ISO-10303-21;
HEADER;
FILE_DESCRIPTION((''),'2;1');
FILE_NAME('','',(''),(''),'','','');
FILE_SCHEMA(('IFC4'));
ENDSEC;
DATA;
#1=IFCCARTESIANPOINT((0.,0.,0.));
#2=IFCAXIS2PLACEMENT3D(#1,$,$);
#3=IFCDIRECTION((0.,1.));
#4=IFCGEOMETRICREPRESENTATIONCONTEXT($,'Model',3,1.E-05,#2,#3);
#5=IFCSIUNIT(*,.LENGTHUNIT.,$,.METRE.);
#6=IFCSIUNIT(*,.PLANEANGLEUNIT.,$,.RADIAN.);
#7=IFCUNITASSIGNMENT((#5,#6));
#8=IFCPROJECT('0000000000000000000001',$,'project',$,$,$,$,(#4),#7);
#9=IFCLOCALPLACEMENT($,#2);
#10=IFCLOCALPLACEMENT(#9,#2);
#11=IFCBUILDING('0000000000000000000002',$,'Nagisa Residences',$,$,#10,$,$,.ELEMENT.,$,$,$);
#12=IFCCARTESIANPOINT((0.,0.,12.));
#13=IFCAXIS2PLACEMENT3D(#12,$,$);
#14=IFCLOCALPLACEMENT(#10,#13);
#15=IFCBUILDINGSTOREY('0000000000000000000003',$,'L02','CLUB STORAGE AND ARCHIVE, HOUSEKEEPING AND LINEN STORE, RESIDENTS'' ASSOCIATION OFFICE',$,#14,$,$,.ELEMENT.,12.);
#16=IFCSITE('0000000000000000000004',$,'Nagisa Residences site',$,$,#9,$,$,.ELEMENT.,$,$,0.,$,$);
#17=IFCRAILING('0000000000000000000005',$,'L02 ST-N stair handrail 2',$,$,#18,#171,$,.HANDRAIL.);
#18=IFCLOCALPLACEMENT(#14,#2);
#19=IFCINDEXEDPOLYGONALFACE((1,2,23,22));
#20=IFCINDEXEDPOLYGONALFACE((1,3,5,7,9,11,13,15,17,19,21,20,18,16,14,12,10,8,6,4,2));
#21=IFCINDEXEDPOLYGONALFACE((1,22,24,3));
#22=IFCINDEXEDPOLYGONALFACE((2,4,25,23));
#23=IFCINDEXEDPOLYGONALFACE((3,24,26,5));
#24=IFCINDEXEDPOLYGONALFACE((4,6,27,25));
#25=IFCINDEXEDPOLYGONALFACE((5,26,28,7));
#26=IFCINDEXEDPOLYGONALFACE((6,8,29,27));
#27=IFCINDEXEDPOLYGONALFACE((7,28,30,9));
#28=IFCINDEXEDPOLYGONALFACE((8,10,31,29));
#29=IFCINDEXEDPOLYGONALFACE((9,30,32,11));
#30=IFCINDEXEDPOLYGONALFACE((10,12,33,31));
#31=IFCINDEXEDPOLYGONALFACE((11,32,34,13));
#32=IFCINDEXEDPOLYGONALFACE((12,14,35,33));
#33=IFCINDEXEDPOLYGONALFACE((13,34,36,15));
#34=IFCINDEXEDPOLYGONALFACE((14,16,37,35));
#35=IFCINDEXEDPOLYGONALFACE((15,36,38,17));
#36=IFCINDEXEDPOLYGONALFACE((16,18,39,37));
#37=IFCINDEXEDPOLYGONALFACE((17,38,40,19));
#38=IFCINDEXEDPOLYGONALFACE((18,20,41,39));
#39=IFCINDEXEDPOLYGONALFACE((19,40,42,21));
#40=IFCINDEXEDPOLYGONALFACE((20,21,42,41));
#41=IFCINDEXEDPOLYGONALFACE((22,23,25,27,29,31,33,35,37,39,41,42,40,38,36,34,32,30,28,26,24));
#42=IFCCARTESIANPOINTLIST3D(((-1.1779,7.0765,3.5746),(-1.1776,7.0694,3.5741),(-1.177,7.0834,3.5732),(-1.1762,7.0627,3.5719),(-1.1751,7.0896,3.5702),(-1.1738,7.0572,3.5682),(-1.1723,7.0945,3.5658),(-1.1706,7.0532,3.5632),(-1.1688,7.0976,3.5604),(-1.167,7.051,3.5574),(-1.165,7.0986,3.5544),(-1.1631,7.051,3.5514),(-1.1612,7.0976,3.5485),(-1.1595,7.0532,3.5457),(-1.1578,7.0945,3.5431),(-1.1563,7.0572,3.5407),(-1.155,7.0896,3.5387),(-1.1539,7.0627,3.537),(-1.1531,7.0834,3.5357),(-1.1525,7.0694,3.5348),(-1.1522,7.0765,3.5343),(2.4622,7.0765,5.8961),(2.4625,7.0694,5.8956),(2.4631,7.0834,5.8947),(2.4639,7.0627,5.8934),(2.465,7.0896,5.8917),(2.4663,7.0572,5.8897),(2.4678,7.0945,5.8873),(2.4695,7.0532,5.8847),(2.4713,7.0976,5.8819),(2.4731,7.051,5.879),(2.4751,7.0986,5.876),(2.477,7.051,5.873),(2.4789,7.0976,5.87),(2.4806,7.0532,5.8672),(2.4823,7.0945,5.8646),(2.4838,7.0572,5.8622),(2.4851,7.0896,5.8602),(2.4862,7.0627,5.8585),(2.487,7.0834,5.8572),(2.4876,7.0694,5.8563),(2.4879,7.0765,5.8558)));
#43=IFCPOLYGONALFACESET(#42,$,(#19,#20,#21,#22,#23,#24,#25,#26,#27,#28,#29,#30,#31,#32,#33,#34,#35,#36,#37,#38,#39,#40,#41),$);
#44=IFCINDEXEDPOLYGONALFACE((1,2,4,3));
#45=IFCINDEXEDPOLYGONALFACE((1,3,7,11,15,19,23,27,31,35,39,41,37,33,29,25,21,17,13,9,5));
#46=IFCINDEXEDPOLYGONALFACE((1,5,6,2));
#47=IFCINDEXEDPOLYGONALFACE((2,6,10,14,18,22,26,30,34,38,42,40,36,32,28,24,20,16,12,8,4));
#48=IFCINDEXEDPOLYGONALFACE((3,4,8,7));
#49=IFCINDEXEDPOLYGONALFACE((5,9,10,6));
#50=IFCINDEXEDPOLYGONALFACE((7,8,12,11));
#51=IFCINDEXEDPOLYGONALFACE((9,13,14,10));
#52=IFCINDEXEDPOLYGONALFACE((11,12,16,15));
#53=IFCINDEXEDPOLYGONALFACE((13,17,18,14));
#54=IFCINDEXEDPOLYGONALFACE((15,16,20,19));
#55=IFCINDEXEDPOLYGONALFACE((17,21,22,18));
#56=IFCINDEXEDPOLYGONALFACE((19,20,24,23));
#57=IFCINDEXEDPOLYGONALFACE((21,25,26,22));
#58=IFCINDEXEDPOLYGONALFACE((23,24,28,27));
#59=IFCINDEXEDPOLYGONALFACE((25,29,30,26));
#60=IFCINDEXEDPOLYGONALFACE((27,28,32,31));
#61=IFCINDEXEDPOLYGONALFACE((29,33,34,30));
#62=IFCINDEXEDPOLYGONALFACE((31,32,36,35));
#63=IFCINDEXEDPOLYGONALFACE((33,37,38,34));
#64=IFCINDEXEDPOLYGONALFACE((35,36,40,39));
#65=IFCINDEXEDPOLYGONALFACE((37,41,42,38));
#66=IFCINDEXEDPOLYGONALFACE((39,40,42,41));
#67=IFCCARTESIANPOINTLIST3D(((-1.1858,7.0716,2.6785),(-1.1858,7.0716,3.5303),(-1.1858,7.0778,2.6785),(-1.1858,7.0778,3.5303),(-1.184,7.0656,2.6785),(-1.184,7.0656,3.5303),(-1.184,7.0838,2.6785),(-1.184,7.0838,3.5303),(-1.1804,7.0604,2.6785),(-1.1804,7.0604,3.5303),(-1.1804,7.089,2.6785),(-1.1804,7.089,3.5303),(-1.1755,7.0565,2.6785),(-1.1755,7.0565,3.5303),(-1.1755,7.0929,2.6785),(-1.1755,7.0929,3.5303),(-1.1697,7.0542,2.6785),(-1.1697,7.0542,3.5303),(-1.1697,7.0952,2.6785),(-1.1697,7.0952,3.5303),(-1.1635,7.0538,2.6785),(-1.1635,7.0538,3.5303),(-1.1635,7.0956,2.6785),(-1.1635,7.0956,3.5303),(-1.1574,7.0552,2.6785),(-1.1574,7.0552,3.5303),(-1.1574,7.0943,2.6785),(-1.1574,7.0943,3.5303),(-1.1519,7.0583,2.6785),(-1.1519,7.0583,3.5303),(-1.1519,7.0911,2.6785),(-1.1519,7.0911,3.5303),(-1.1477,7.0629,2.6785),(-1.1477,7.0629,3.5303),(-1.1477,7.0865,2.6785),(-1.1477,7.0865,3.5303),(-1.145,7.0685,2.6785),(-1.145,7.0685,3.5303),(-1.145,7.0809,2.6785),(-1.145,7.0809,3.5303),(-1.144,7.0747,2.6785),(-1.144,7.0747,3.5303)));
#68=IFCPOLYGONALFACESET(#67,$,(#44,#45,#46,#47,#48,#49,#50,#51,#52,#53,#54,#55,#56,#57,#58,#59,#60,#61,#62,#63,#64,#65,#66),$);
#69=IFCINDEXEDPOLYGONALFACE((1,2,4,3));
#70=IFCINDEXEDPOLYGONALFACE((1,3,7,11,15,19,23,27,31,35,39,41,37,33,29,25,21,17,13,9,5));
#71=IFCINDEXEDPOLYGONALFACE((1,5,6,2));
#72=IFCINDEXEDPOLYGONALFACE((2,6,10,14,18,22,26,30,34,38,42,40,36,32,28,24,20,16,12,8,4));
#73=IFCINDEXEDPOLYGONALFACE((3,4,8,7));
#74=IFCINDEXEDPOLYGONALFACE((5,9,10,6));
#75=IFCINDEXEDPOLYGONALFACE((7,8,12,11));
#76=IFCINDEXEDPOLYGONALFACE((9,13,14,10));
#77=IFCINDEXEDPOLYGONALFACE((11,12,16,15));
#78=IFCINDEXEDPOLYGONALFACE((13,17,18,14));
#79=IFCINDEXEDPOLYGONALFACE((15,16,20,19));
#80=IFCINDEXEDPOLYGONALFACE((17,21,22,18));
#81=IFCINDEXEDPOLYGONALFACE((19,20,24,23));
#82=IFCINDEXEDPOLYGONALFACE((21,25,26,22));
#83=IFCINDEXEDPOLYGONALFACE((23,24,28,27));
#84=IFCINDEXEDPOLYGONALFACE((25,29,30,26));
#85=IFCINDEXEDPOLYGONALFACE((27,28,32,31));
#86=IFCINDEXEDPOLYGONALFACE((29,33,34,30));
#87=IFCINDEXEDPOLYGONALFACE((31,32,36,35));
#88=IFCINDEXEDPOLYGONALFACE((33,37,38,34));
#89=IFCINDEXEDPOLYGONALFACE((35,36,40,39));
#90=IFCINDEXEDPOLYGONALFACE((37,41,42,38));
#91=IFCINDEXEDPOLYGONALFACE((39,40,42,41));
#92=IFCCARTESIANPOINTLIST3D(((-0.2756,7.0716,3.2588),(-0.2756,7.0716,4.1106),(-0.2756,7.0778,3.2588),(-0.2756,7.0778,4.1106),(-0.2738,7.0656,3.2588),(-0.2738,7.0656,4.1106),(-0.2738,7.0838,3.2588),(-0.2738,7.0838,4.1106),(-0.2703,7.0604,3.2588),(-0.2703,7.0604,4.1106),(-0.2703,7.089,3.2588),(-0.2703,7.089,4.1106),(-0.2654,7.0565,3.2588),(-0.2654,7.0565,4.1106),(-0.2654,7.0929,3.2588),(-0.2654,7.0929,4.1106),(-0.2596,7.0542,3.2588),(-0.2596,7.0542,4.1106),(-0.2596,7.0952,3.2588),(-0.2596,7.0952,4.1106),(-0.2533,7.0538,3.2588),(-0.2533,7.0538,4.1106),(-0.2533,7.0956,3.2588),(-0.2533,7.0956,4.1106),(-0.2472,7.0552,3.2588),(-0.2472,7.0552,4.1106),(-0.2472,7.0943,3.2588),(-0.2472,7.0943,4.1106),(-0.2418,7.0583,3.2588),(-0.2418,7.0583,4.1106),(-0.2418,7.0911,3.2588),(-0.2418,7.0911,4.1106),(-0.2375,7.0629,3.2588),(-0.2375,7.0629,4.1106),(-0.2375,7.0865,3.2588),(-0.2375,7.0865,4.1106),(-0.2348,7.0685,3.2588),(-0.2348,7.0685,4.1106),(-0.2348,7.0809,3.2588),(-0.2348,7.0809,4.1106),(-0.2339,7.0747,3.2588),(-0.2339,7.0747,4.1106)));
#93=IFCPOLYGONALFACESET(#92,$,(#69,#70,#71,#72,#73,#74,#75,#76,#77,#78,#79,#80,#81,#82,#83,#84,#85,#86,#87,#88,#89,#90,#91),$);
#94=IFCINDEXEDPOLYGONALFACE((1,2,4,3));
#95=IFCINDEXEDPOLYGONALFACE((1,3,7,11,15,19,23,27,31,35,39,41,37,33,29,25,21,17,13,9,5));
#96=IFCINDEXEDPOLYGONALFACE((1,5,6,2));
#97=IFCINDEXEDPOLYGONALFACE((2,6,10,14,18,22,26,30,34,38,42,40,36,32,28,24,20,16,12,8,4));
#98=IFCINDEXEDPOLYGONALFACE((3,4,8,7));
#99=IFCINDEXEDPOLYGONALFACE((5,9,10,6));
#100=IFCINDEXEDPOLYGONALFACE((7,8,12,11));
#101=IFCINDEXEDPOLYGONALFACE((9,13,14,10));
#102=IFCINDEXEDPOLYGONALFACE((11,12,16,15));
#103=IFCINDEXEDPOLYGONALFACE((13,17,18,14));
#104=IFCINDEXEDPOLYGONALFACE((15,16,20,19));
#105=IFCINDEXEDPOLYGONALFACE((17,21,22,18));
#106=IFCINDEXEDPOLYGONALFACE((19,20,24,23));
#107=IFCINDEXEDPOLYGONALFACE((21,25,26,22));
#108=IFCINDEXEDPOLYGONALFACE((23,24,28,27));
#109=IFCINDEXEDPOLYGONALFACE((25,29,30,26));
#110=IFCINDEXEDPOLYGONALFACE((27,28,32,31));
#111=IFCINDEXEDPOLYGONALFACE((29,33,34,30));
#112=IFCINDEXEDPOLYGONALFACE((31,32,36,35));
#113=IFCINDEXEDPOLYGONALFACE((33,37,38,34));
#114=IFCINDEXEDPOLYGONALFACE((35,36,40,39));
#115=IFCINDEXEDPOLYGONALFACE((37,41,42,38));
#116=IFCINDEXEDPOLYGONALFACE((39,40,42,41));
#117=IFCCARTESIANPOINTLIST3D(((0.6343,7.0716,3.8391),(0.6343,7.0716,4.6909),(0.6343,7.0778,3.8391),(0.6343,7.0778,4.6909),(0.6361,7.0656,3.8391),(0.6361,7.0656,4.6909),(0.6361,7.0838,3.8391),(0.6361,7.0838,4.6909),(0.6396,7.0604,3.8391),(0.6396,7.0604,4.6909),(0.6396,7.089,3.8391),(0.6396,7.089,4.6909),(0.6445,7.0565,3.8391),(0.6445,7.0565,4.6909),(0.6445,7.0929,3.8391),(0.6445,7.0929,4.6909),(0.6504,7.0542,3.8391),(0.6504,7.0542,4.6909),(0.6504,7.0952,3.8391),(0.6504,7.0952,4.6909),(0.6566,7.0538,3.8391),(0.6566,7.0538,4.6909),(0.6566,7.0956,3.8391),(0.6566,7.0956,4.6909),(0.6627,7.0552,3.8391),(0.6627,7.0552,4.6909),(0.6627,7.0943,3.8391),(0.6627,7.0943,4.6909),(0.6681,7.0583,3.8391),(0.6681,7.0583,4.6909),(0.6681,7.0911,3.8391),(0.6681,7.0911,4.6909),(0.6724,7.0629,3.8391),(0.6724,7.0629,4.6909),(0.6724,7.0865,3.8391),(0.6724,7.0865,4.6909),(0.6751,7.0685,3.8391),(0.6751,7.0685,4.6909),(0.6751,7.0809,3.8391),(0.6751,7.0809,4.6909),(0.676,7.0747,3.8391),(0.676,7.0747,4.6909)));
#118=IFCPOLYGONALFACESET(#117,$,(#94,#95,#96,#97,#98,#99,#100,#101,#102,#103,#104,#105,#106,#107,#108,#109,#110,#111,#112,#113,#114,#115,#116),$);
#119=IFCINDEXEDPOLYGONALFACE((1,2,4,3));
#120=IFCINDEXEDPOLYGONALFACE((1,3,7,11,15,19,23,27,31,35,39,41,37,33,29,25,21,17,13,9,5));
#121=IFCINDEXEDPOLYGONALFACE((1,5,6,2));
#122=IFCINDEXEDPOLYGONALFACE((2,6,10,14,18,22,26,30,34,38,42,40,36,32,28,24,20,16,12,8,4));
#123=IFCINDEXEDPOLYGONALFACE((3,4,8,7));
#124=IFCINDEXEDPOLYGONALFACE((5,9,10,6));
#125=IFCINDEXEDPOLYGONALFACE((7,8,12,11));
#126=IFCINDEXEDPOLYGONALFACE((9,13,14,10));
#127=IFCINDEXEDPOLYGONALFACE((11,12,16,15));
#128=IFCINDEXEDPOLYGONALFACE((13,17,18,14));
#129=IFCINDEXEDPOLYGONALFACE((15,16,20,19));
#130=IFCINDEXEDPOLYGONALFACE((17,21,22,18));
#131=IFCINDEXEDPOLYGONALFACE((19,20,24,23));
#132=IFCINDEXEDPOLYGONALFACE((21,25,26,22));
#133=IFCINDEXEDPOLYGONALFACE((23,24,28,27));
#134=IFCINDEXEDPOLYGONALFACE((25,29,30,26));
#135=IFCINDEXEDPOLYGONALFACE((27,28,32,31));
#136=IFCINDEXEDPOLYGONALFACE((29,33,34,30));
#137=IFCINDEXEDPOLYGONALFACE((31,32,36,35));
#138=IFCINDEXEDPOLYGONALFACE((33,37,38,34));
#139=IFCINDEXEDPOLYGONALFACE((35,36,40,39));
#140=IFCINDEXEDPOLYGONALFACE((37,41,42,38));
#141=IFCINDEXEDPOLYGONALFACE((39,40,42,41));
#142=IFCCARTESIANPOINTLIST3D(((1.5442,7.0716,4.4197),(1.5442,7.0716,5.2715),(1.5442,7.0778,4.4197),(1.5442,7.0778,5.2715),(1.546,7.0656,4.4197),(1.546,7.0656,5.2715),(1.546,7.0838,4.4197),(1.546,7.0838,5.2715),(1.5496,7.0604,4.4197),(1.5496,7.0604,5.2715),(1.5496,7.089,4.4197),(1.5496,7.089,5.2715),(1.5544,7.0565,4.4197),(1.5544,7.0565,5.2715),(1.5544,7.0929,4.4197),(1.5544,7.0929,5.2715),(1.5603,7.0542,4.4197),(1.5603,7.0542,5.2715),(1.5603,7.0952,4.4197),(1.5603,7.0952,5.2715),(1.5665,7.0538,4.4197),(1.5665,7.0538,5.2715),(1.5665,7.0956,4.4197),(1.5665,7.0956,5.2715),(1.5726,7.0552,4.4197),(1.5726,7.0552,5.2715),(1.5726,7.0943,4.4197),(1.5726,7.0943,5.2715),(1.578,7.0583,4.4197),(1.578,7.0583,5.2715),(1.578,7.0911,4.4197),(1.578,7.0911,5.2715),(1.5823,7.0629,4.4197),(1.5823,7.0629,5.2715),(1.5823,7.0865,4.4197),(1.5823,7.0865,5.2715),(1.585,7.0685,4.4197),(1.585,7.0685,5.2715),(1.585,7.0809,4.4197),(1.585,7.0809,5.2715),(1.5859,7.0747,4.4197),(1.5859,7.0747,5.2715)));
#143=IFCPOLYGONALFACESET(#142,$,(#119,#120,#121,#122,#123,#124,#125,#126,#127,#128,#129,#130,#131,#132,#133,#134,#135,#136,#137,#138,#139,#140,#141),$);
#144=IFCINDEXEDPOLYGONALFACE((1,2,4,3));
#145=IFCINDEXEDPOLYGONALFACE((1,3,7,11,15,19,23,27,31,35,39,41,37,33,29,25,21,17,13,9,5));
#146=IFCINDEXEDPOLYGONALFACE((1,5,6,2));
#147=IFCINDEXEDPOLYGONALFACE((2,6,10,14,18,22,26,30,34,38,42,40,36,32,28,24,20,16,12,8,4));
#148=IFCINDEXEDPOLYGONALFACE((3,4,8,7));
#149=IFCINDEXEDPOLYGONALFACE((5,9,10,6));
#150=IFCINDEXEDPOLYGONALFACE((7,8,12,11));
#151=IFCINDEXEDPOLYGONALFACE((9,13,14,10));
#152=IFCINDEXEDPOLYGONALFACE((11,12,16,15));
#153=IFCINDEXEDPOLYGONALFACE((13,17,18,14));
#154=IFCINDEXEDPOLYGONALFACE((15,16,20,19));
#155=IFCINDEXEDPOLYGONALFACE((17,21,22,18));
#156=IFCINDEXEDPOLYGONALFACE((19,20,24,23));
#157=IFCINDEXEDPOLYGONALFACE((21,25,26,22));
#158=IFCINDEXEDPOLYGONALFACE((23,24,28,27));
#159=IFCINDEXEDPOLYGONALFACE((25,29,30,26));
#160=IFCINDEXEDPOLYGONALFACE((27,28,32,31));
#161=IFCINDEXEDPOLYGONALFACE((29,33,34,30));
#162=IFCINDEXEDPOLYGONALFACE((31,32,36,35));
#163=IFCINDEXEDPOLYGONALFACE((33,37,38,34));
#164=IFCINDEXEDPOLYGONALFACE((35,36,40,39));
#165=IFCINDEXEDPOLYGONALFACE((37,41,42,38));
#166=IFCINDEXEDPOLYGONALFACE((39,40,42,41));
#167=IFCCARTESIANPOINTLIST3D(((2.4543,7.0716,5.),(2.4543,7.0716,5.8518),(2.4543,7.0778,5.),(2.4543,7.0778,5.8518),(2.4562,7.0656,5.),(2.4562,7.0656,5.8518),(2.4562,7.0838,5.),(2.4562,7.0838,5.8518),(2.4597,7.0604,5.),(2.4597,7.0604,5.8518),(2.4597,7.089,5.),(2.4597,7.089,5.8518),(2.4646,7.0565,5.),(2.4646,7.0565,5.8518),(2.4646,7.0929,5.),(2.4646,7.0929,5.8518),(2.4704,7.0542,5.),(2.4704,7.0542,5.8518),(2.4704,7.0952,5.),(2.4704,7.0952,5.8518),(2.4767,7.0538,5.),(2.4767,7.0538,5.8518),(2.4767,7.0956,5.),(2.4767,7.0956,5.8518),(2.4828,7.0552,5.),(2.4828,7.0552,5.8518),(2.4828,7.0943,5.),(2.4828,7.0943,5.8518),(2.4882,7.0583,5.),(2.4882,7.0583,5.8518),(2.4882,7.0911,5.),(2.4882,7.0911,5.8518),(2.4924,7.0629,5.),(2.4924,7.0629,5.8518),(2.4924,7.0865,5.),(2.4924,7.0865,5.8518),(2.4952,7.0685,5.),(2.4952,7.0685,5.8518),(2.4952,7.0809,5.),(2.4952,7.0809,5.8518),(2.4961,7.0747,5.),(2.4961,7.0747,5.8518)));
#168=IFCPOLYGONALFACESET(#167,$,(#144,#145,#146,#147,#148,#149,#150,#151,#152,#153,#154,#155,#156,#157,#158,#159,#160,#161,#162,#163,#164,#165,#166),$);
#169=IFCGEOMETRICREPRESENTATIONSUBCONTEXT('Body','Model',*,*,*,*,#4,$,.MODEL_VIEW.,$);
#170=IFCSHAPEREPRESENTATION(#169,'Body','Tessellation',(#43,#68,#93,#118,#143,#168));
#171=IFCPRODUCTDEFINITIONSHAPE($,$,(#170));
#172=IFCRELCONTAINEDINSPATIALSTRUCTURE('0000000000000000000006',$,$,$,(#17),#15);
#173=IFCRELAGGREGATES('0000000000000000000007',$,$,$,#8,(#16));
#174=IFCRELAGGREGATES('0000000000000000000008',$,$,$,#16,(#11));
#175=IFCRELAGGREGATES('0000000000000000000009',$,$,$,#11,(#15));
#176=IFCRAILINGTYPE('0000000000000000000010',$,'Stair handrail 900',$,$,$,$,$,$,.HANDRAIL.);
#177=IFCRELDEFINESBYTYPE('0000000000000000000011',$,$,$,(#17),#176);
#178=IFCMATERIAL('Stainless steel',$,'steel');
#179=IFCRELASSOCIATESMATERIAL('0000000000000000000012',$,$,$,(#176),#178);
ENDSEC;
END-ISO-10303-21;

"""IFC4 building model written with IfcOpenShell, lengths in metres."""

from ifc_helpers import new_model, si_unit, direction, frame, origin, origin_2d, place, context, subcontext, project, spatial, circle, extrude, material, type_object, element, save


model = new_model("IFC4")

# Units and contexts
model_context = context("Model", 3, precision=1e-05, world=origin(), true_north=direction((0.0, 1.0)))
body_context = subcontext(model_context, "Body", "Model", "MODEL_VIEW")
ifc_project = project(units=[si_unit("LENGTHUNIT", "METRE"), si_unit("PLANEANGLEUNIT", "RADIAN")], contexts=[model_context])

# Site, building, storey
site_placement = place(None, origin())
site = spatial("IfcSite", under=ifc_project, at=site_placement, Name="Nagisa Residences site", CompositionType="ELEMENT", RefElevation=0.0)
building_placement = place(site_placement, origin())
building = spatial("IfcBuilding", under=site, at=building_placement, Name="Nagisa Residences", CompositionType="ELEMENT")
storey_placement = place(building_placement, frame((0.0, 0.0, 12.0)))
storey = spatial("IfcBuildingStorey", under=building, at=storey_placement, Name="L02", Description="CLUB STORAGE AND ARCHIVE, HOUSEKEEPING AND LINEN STORE, RESIDENTS' ASSOCIATION OFFICE", CompositionType="ELEMENT", Elevation=12.0)

# Railing
ifc_material_1 = material(Name="Stainless steel", Category="steel")
railing_type_1 = type_object("IfcRailingType", Name="Stair handrail 900", PredefinedType="HANDRAIL", material=ifc_material_1)
railing_1_placement = place(storey_placement, frame((-1.165, 7.0747, 2.6785)))
element("IfcRailing", 1, at=railing_1_placement, inside=storey, type_object=railing_type_1, Name="L02 ST-N stair handrail 2", PredefinedType="HANDRAIL", context=body_context, shape_type="SweptSolid", body=[
    extrude(circle(Radius=0.0239, at=origin_2d()), frame((0.0, 0.0, 0.876), z_axis=(0.843128, 0.0, 0.537713), x_axis=(0.0, 1.0, 0.0)), (0.0, 0.0, 1.0), 4.3174),
    extrude(circle(Radius=0.021, at=origin_2d()), origin(), (0.0, 0.0, 1.0), 0.8518),
    extrude(circle(Radius=0.021, at=origin_2d()), frame((0.9102, 0.0, 0.5803)), (0.0, 0.0, 1.0), 0.8518),
    extrude(circle(Radius=0.021, at=origin_2d()), frame((1.8201, 0.0, 1.1606)), (0.0, 0.0, 1.0), 0.8518),
    extrude(circle(Radius=0.021, at=origin_2d()), frame((2.73, 0.0, 1.7412)), (0.0, 0.0, 1.0), 0.8518),
    extrude(circle(Radius=0.021, at=origin_2d()), frame((3.6401, 0.0, 2.3215)), (0.0, 0.0, 1.0), 0.8518),
])

save(model, "model.ifc")
